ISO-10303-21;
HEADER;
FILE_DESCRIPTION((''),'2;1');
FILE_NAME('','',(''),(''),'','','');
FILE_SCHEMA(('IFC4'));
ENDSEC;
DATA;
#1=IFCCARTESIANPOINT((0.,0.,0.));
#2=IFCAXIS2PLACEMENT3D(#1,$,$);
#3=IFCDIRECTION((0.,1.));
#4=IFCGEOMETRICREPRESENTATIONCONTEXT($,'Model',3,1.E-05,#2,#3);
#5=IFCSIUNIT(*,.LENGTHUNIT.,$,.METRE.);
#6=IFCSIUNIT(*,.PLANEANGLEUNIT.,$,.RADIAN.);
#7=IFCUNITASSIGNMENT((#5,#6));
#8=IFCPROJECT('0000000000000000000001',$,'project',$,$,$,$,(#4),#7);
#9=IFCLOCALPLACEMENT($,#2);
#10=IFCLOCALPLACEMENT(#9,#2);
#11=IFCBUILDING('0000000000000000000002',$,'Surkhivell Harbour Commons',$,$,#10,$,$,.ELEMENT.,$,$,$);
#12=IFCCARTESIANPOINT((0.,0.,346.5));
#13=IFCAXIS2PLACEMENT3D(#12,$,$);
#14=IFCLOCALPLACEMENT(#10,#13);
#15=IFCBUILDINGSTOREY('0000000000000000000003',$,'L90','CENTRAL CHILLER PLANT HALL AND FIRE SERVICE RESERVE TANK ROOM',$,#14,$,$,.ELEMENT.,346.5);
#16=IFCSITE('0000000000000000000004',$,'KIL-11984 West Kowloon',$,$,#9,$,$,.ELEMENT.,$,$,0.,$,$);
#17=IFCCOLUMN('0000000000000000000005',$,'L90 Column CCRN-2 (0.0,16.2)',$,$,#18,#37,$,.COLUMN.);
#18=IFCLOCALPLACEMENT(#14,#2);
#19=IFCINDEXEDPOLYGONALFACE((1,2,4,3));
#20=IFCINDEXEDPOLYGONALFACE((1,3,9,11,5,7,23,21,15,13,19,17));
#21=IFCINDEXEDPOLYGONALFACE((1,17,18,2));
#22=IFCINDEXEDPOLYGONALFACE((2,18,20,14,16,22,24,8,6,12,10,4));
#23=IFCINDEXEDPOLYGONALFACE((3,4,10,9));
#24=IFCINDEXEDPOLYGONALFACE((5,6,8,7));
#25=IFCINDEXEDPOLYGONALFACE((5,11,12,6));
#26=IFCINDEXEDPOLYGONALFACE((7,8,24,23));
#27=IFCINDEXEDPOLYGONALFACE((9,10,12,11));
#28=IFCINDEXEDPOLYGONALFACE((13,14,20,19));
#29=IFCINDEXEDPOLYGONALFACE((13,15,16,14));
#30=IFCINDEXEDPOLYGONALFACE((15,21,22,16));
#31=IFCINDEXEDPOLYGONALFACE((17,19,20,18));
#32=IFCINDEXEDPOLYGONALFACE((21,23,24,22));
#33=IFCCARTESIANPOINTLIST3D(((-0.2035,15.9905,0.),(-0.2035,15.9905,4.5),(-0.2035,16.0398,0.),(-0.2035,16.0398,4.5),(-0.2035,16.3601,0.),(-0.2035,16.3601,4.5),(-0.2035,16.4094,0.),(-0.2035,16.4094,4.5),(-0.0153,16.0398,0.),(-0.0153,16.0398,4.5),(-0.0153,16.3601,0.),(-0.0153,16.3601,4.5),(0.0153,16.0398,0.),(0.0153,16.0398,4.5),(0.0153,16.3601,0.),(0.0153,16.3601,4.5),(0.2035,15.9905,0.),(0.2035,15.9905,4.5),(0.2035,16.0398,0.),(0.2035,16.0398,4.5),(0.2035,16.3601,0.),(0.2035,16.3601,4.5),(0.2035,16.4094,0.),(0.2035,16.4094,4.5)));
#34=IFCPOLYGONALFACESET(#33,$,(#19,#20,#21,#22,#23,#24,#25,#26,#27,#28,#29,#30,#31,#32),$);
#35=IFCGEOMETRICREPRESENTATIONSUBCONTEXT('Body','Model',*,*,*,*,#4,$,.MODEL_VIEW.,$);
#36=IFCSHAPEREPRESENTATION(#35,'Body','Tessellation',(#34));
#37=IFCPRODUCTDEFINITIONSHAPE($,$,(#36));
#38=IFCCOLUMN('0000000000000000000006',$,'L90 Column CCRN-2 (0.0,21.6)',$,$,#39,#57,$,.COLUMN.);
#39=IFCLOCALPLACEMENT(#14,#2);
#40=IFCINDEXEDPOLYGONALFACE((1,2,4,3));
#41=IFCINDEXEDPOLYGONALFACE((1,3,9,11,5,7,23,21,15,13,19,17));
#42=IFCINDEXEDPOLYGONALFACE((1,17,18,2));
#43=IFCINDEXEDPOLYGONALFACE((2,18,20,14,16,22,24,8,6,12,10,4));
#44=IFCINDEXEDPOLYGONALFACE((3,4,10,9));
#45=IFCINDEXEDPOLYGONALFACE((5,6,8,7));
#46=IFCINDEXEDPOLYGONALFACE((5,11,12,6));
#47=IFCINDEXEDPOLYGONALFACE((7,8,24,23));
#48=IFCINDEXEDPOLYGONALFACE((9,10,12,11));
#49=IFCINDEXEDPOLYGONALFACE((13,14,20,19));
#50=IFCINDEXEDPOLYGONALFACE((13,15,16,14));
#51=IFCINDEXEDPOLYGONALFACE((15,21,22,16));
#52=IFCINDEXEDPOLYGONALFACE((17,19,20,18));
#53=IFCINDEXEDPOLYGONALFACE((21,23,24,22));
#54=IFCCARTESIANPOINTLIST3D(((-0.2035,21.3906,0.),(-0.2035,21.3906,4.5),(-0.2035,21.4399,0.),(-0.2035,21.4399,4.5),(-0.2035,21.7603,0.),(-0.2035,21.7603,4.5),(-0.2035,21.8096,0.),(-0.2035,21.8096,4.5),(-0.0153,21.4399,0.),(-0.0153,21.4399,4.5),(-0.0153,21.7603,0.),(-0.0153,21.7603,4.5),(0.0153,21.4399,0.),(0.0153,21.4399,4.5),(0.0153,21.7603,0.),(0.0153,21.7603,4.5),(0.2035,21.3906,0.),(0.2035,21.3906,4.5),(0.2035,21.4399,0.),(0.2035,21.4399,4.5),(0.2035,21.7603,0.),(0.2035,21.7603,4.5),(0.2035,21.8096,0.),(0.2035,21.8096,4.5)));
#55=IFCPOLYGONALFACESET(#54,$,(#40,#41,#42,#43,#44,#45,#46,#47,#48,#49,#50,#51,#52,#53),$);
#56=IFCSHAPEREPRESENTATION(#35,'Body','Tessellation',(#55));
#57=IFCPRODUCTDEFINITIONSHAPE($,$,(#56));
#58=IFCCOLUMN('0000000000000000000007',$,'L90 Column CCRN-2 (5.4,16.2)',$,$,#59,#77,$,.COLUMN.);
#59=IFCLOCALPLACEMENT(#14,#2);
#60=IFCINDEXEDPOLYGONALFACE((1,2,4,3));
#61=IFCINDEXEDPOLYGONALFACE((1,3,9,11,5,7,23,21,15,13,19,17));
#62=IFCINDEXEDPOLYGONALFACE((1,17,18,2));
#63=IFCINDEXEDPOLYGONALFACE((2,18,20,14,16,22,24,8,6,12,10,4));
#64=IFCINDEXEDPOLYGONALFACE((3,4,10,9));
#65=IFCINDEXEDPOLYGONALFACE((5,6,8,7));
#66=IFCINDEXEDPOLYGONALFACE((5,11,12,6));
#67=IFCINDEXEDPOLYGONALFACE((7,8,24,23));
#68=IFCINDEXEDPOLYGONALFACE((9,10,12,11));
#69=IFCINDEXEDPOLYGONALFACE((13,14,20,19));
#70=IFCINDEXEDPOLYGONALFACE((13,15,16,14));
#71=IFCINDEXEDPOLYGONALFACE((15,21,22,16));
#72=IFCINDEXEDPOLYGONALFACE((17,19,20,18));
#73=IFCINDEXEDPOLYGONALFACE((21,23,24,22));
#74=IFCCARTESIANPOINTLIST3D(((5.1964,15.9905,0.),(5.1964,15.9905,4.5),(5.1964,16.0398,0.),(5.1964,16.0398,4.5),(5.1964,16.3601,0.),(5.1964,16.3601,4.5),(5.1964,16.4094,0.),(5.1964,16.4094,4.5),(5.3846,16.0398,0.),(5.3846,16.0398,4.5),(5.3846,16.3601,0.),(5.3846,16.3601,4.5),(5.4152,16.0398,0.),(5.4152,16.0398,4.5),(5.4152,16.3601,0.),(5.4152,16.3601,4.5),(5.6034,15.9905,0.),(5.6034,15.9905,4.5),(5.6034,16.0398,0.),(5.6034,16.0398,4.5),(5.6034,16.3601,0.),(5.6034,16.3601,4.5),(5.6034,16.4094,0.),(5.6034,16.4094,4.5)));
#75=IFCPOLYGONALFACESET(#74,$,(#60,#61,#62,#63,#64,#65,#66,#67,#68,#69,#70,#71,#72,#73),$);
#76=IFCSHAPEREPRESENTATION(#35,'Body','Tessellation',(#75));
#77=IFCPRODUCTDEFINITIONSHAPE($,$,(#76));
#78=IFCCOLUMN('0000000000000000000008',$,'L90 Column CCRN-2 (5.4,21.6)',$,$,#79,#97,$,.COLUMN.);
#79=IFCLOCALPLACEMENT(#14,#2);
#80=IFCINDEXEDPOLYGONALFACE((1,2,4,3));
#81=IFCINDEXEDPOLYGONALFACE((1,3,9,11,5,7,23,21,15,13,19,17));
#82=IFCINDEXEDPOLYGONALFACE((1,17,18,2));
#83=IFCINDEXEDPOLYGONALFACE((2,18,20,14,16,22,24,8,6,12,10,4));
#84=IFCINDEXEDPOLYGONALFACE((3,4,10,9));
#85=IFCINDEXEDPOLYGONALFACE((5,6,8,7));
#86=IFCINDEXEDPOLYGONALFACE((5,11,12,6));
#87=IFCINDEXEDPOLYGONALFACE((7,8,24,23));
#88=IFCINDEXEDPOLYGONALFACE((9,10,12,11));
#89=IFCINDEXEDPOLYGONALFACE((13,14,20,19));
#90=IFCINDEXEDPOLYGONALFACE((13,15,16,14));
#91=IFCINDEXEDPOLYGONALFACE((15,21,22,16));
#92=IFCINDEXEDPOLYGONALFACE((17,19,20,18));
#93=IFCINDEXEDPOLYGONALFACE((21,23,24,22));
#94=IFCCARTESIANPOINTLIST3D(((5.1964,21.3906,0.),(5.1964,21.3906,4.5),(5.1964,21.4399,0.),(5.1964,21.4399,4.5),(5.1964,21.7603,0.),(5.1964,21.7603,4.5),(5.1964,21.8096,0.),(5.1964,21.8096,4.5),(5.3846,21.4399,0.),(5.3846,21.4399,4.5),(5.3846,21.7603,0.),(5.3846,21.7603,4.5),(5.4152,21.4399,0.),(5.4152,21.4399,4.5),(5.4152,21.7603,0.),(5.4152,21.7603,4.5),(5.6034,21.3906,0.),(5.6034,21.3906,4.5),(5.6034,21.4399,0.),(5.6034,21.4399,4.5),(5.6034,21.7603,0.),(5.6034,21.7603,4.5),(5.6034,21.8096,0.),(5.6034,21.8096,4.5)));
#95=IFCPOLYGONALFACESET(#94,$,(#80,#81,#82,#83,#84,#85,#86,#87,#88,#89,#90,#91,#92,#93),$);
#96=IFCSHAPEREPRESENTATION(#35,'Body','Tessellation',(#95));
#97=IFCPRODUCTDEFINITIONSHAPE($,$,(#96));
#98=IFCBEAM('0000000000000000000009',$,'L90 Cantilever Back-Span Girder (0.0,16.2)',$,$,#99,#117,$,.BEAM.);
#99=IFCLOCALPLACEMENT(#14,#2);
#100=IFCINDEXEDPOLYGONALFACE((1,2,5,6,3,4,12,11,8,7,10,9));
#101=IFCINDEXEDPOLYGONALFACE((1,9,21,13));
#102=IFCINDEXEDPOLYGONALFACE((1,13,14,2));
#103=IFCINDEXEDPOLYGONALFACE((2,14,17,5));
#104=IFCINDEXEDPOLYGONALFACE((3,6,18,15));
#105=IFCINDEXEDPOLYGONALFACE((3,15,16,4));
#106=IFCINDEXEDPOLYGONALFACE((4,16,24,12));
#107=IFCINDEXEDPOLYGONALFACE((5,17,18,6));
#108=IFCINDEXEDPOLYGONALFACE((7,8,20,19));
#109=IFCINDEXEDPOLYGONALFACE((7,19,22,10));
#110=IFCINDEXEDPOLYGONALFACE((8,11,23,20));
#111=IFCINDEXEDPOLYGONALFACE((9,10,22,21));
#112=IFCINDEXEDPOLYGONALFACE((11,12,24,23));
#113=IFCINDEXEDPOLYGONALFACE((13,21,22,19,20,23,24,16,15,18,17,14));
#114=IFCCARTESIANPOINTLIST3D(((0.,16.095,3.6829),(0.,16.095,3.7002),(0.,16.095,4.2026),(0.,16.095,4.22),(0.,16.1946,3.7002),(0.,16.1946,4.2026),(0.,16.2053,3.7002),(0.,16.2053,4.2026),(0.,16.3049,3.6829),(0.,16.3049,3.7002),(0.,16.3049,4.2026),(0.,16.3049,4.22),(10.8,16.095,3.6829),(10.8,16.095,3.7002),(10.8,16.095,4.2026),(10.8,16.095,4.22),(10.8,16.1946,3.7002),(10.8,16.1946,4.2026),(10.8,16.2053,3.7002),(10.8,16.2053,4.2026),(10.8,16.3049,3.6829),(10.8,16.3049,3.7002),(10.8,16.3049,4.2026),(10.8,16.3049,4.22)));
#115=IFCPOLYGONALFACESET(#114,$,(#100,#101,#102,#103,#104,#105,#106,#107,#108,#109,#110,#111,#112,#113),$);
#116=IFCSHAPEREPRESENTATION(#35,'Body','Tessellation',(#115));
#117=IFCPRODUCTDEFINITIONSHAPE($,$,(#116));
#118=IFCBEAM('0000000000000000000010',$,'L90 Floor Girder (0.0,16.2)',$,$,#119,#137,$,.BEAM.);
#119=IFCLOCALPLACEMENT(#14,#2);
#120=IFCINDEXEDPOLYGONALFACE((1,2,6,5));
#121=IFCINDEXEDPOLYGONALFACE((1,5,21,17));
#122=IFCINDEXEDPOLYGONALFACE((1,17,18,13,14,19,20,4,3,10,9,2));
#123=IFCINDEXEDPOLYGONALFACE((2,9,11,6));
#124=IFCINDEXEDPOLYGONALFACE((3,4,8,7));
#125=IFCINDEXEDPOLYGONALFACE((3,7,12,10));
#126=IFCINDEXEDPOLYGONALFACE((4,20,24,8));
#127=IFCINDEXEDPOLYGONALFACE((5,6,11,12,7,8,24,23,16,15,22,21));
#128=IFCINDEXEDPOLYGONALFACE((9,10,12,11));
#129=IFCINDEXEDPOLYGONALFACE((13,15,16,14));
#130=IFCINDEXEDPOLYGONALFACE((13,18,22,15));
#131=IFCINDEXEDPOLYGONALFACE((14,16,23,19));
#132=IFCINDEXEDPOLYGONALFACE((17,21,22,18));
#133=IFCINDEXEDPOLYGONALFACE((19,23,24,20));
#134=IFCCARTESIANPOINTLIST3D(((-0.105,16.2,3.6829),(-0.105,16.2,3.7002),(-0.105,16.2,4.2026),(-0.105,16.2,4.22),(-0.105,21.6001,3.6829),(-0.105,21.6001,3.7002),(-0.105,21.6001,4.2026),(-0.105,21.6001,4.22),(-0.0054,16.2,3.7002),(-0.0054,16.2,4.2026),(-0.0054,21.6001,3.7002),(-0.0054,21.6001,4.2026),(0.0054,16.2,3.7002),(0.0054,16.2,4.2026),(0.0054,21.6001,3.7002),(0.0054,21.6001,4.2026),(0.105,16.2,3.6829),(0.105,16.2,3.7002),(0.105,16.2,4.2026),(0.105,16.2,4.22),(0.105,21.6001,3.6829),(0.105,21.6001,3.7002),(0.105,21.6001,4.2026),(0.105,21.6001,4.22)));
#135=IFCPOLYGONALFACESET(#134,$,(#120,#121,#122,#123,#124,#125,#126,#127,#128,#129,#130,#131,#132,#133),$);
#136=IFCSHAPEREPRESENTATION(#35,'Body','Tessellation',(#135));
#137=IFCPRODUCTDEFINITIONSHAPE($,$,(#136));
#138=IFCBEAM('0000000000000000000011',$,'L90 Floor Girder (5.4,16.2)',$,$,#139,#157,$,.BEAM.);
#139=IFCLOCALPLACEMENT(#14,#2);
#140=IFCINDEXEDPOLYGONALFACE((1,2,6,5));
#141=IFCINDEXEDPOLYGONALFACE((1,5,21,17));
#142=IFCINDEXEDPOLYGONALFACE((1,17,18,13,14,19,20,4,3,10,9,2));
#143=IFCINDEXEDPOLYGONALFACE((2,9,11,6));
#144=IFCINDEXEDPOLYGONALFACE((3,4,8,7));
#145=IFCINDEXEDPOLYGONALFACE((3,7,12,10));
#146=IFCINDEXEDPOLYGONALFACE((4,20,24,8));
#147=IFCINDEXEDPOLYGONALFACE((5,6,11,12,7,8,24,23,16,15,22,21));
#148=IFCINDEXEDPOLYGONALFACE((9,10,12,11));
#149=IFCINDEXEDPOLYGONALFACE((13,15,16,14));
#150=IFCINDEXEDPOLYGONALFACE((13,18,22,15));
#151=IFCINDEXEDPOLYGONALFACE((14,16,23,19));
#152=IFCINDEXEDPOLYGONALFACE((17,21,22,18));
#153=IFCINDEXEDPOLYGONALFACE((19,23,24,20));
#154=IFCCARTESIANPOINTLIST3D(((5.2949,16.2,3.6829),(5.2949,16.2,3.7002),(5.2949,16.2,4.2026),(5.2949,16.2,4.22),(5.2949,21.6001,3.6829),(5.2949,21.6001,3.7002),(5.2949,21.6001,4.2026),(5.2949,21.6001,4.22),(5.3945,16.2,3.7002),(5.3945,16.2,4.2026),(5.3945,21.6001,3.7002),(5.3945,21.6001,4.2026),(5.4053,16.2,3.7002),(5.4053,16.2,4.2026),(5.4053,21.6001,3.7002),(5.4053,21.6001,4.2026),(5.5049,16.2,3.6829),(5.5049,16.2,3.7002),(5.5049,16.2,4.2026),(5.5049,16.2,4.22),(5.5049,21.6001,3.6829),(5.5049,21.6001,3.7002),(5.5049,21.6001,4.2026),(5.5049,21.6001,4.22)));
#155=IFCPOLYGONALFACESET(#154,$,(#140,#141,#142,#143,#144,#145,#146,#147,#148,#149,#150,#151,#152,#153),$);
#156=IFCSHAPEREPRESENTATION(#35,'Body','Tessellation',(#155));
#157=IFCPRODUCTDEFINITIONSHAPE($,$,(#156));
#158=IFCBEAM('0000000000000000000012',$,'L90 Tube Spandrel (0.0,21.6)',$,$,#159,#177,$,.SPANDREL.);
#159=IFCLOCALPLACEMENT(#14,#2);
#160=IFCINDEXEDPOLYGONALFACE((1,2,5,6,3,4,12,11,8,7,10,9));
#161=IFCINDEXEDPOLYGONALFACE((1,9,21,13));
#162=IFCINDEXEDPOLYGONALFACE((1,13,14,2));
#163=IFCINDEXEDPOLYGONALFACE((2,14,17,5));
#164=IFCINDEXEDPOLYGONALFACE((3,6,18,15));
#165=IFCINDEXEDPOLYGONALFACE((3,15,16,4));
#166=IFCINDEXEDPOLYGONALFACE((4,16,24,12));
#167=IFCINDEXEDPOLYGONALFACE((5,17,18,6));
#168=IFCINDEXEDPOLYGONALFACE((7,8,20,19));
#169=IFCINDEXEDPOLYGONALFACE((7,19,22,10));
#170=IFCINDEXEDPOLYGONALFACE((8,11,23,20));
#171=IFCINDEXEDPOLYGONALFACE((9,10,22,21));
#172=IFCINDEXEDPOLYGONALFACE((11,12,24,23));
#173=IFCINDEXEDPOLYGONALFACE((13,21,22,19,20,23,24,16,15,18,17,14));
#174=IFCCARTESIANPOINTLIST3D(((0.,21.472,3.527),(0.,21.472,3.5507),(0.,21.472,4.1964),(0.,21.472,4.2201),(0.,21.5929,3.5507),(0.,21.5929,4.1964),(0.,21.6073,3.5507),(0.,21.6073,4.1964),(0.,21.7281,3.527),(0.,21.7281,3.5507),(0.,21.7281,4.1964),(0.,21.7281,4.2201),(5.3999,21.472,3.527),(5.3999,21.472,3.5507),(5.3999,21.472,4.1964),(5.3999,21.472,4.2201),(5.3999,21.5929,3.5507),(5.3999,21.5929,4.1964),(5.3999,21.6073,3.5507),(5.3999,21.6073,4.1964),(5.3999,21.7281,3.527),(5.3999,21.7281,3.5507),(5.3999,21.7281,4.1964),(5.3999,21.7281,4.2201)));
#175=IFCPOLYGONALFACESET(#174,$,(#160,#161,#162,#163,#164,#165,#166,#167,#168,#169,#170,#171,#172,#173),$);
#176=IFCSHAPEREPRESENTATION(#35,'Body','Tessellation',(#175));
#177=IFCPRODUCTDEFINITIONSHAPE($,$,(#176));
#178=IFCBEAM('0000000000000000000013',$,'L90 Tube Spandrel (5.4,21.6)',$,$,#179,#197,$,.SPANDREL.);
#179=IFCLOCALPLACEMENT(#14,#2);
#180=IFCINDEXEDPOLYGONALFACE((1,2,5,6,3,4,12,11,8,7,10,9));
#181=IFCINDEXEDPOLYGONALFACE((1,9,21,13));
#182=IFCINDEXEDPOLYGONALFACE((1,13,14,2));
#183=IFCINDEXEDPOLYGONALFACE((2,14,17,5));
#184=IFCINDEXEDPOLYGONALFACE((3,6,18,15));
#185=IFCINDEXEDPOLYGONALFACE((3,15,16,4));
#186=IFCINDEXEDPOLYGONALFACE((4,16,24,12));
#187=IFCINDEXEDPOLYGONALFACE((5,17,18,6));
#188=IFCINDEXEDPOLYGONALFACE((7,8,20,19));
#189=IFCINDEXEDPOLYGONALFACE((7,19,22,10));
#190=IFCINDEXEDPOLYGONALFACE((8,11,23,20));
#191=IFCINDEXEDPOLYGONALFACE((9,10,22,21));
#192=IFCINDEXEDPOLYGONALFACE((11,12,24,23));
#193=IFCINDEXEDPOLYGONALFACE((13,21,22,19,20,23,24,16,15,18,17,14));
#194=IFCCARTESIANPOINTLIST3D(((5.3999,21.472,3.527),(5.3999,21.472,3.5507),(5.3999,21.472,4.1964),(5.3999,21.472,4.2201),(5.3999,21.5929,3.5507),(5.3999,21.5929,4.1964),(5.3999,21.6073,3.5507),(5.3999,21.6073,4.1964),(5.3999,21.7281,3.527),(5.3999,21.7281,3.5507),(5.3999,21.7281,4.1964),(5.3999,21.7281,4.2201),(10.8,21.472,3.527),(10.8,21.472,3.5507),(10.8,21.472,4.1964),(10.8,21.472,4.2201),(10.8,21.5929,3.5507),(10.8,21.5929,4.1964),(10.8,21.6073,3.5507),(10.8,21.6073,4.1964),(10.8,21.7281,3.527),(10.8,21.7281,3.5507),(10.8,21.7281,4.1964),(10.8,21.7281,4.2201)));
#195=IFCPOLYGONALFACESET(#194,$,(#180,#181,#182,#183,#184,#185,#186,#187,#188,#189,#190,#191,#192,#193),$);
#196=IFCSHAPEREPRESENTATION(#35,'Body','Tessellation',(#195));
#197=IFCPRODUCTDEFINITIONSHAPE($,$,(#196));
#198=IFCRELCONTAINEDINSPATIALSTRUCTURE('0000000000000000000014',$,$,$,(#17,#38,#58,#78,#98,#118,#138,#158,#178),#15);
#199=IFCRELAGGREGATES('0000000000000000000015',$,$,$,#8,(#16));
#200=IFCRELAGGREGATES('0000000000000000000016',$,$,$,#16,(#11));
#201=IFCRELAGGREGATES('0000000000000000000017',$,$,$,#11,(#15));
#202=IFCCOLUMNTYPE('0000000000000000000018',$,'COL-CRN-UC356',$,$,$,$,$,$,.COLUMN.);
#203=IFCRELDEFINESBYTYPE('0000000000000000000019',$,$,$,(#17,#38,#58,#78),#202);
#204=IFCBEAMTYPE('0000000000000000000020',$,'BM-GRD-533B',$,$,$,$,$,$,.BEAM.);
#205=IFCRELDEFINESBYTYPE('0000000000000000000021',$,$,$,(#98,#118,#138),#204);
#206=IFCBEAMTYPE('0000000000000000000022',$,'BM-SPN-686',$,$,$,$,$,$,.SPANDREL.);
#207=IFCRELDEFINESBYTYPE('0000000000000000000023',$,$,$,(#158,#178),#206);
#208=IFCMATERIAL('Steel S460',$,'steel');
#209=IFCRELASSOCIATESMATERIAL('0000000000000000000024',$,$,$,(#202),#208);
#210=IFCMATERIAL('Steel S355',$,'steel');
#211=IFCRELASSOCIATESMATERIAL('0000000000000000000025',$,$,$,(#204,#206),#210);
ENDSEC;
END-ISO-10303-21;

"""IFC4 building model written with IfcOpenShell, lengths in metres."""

from ifc_helpers import new_model, si_unit, direction, frame, origin, origin_2d, place, context, subcontext, project, spatial, i_section, extrude, material, material_profile, profile_set, type_object, element, save


model = new_model("IFC4")

# Units and contexts
model_context = context("Model", 3, precision=1e-05, world=origin(), true_north=direction((0.0, 1.0)))
body_context = subcontext(model_context, "Body", "Model", "MODEL_VIEW")
ifc_project = project(units=[si_unit("LENGTHUNIT", "METRE"), si_unit("PLANEANGLEUNIT", "RADIAN")], contexts=[model_context])

# Site, building, storey
site_placement = place(None, origin())
site = spatial("IfcSite", under=ifc_project, at=site_placement, Name="KIL-11984 West Kowloon", CompositionType="ELEMENT", RefElevation=0.0)
building_placement = place(site_placement, origin())
building = spatial("IfcBuilding", under=site, at=building_placement, Name="Surkhivell Harbour Commons", CompositionType="ELEMENT")
storey_placement = place(building_placement, frame((0.0, 0.0, 346.5)))
storey = spatial("IfcBuildingStorey", under=building, at=storey_placement, Name="L90", Description="CENTRAL CHILLER PLANT HALL AND FIRE SERVICE RESERVE TANK ROOM", CompositionType="ELEMENT", Elevation=346.5)

# Columns
ifc_material_1 = material(Name="Steel S460", Category="steel")
ifc_material_profile_1 = material_profile(ifc_material_1, i_section(OverallWidth=0.407, OverallDepth=0.4189, WebThickness=0.0305, FlangeThickness=0.0493, at=origin_2d()), Name="UC356x406x393")
ifc_profile_set_1 = profile_set([ifc_material_profile_1], Name="Steel S460")
column_type = type_object("IfcColumnType", Name="COL-CRN-UC356", PredefinedType="COLUMN", material=ifc_profile_set_1)
for number, where, z_axis, x_axis, name in (
    (1, (0.0, 16.2, 0.0), (0.0, 0.0, 1.0), (1.0, 0.0, 0.0), "L90 Column CCRN-2 (0.0,16.2)"),
    (2, (0.0, 21.6001, 0.0), (0.0, 0.0, 1.0), (1.0, 0.0, 0.0), "L90 Column CCRN-2 (0.0,21.6)"),
    (3, (5.3999, 16.2, 0.0), (0.0, 0.0, 1.0), (1.0, 0.0, 0.0), "L90 Column CCRN-2 (5.4,16.2)"),
    (4, (5.3999, 21.6001, 0.0), (0.0, 0.0, 1.0), (1.0, 0.0, 0.0), "L90 Column CCRN-2 (5.4,21.6)"),
):
    element("IfcColumn", number, at=place(storey_placement, frame(where, z_axis=z_axis, x_axis=x_axis)), inside=storey, type_object=column_type, Name=name, PredefinedType="COLUMN", context=body_context, shape_type="SweptSolid", body=[
        extrude(i_section(OverallWidth=0.407, OverallDepth=0.4189, WebThickness=0.0305, FlangeThickness=0.0493, at=origin_2d()), origin(), (0.0, 0.0, 1.0), 4.5),
    ])

# Beams
ifc_material_2 = material(Name="Steel S355", Category="steel")
ifc_material_profile_2 = material_profile(ifc_material_2, i_section(OverallWidth=0.21, OverallDepth=0.5371, WebThickness=0.0107, FlangeThickness=0.0173, at=origin_2d()), Name="UB533x210x101")
ifc_profile_set_2 = profile_set([ifc_material_profile_2], Name="Steel S355")
beam_type_1 = type_object("IfcBeamType", Name="BM-GRD-533B", PredefinedType="BEAM", material=ifc_profile_set_2)
beam_1_placement = place(storey_placement, frame((0.0, 16.2, 3.9514), z_axis=(1.0, 0.0, 0.0), x_axis=(0.0, 1.0, 0.0)))
element("IfcBeam", 5, at=beam_1_placement, inside=storey, type_object=beam_type_1, Name="L90 Cantilever Back-Span Girder (0.0,16.2)", PredefinedType="BEAM", context=body_context, shape_type="SweptSolid", body=[
    extrude(i_section(OverallWidth=0.21, OverallDepth=0.5371, WebThickness=0.0107, FlangeThickness=0.0173, at=origin_2d()), origin(), (0.0, 0.0, 1.0), 10.8),
])
for number, where, z_axis, x_axis, name in (
    (6, (0.0, 16.2, 3.9514), (0.0, 1.0, 0.0), (-1.0, 0.0, 0.0), "L90 Floor Girder (0.0,16.2)"),
    (7, (5.3999, 16.2, 3.9514), (0.0, 1.0, 0.0), (-1.0, 0.0, 0.0), "L90 Floor Girder (5.4,16.2)"),
):
    element("IfcBeam", number, at=place(storey_placement, frame(where, z_axis=z_axis, x_axis=x_axis)), inside=storey, type_object=beam_type_1, Name=name, PredefinedType="BEAM", context=body_context, shape_type="SweptSolid", body=[
        extrude(i_section(OverallWidth=0.21, OverallDepth=0.5371, WebThickness=0.0107, FlangeThickness=0.0173, at=origin_2d()), origin(), (0.0, 0.0, 1.0), 5.4001),
    ])
ifc_material_profile_3 = material_profile(ifc_material_2, i_section(OverallWidth=0.2561, OverallDepth=0.6931, WebThickness=0.0144, FlangeThickness=0.0237, at=origin_2d()), Name="UB686x254x170")
ifc_profile_set_3 = profile_set([ifc_material_profile_3], Name="Steel S355")
beam_type_2 = type_object("IfcBeamType", Name="BM-SPN-686", PredefinedType="SPANDREL", material=ifc_profile_set_3)
beam_2_placement = place(storey_placement, frame((0.0, 21.6001, 3.8735), z_axis=(1.0, 0.0, 0.0), x_axis=(0.0, 1.0, 0.0)))
element("IfcBeam", 8, at=beam_2_placement, inside=storey, type_object=beam_type_2, Name="L90 Tube Spandrel (0.0,21.6)", PredefinedType="SPANDREL", context=body_context, shape_type="SweptSolid", body=[
    extrude(i_section(OverallWidth=0.2561, OverallDepth=0.6931, WebThickness=0.0144, FlangeThickness=0.0237, at=origin_2d()), origin(), (0.0, 0.0, 1.0), 5.3999),
])
beam_3_placement = place(storey_placement, frame((5.3999, 21.6001, 3.8735), z_axis=(1.0, 0.0, 0.0), x_axis=(0.0, 1.0, 0.0)))
element("IfcBeam", 9, at=beam_3_placement, inside=storey, type_object=beam_type_2, Name="L90 Tube Spandrel (5.4,21.6)", PredefinedType="SPANDREL", context=body_context, shape_type="SweptSolid", body=[
    extrude(i_section(OverallWidth=0.2561, OverallDepth=0.6931, WebThickness=0.0144, FlangeThickness=0.0237, at=origin_2d()), origin(), (0.0, 0.0, 1.0), 5.4001),
])

save(model, "model.ifc")
